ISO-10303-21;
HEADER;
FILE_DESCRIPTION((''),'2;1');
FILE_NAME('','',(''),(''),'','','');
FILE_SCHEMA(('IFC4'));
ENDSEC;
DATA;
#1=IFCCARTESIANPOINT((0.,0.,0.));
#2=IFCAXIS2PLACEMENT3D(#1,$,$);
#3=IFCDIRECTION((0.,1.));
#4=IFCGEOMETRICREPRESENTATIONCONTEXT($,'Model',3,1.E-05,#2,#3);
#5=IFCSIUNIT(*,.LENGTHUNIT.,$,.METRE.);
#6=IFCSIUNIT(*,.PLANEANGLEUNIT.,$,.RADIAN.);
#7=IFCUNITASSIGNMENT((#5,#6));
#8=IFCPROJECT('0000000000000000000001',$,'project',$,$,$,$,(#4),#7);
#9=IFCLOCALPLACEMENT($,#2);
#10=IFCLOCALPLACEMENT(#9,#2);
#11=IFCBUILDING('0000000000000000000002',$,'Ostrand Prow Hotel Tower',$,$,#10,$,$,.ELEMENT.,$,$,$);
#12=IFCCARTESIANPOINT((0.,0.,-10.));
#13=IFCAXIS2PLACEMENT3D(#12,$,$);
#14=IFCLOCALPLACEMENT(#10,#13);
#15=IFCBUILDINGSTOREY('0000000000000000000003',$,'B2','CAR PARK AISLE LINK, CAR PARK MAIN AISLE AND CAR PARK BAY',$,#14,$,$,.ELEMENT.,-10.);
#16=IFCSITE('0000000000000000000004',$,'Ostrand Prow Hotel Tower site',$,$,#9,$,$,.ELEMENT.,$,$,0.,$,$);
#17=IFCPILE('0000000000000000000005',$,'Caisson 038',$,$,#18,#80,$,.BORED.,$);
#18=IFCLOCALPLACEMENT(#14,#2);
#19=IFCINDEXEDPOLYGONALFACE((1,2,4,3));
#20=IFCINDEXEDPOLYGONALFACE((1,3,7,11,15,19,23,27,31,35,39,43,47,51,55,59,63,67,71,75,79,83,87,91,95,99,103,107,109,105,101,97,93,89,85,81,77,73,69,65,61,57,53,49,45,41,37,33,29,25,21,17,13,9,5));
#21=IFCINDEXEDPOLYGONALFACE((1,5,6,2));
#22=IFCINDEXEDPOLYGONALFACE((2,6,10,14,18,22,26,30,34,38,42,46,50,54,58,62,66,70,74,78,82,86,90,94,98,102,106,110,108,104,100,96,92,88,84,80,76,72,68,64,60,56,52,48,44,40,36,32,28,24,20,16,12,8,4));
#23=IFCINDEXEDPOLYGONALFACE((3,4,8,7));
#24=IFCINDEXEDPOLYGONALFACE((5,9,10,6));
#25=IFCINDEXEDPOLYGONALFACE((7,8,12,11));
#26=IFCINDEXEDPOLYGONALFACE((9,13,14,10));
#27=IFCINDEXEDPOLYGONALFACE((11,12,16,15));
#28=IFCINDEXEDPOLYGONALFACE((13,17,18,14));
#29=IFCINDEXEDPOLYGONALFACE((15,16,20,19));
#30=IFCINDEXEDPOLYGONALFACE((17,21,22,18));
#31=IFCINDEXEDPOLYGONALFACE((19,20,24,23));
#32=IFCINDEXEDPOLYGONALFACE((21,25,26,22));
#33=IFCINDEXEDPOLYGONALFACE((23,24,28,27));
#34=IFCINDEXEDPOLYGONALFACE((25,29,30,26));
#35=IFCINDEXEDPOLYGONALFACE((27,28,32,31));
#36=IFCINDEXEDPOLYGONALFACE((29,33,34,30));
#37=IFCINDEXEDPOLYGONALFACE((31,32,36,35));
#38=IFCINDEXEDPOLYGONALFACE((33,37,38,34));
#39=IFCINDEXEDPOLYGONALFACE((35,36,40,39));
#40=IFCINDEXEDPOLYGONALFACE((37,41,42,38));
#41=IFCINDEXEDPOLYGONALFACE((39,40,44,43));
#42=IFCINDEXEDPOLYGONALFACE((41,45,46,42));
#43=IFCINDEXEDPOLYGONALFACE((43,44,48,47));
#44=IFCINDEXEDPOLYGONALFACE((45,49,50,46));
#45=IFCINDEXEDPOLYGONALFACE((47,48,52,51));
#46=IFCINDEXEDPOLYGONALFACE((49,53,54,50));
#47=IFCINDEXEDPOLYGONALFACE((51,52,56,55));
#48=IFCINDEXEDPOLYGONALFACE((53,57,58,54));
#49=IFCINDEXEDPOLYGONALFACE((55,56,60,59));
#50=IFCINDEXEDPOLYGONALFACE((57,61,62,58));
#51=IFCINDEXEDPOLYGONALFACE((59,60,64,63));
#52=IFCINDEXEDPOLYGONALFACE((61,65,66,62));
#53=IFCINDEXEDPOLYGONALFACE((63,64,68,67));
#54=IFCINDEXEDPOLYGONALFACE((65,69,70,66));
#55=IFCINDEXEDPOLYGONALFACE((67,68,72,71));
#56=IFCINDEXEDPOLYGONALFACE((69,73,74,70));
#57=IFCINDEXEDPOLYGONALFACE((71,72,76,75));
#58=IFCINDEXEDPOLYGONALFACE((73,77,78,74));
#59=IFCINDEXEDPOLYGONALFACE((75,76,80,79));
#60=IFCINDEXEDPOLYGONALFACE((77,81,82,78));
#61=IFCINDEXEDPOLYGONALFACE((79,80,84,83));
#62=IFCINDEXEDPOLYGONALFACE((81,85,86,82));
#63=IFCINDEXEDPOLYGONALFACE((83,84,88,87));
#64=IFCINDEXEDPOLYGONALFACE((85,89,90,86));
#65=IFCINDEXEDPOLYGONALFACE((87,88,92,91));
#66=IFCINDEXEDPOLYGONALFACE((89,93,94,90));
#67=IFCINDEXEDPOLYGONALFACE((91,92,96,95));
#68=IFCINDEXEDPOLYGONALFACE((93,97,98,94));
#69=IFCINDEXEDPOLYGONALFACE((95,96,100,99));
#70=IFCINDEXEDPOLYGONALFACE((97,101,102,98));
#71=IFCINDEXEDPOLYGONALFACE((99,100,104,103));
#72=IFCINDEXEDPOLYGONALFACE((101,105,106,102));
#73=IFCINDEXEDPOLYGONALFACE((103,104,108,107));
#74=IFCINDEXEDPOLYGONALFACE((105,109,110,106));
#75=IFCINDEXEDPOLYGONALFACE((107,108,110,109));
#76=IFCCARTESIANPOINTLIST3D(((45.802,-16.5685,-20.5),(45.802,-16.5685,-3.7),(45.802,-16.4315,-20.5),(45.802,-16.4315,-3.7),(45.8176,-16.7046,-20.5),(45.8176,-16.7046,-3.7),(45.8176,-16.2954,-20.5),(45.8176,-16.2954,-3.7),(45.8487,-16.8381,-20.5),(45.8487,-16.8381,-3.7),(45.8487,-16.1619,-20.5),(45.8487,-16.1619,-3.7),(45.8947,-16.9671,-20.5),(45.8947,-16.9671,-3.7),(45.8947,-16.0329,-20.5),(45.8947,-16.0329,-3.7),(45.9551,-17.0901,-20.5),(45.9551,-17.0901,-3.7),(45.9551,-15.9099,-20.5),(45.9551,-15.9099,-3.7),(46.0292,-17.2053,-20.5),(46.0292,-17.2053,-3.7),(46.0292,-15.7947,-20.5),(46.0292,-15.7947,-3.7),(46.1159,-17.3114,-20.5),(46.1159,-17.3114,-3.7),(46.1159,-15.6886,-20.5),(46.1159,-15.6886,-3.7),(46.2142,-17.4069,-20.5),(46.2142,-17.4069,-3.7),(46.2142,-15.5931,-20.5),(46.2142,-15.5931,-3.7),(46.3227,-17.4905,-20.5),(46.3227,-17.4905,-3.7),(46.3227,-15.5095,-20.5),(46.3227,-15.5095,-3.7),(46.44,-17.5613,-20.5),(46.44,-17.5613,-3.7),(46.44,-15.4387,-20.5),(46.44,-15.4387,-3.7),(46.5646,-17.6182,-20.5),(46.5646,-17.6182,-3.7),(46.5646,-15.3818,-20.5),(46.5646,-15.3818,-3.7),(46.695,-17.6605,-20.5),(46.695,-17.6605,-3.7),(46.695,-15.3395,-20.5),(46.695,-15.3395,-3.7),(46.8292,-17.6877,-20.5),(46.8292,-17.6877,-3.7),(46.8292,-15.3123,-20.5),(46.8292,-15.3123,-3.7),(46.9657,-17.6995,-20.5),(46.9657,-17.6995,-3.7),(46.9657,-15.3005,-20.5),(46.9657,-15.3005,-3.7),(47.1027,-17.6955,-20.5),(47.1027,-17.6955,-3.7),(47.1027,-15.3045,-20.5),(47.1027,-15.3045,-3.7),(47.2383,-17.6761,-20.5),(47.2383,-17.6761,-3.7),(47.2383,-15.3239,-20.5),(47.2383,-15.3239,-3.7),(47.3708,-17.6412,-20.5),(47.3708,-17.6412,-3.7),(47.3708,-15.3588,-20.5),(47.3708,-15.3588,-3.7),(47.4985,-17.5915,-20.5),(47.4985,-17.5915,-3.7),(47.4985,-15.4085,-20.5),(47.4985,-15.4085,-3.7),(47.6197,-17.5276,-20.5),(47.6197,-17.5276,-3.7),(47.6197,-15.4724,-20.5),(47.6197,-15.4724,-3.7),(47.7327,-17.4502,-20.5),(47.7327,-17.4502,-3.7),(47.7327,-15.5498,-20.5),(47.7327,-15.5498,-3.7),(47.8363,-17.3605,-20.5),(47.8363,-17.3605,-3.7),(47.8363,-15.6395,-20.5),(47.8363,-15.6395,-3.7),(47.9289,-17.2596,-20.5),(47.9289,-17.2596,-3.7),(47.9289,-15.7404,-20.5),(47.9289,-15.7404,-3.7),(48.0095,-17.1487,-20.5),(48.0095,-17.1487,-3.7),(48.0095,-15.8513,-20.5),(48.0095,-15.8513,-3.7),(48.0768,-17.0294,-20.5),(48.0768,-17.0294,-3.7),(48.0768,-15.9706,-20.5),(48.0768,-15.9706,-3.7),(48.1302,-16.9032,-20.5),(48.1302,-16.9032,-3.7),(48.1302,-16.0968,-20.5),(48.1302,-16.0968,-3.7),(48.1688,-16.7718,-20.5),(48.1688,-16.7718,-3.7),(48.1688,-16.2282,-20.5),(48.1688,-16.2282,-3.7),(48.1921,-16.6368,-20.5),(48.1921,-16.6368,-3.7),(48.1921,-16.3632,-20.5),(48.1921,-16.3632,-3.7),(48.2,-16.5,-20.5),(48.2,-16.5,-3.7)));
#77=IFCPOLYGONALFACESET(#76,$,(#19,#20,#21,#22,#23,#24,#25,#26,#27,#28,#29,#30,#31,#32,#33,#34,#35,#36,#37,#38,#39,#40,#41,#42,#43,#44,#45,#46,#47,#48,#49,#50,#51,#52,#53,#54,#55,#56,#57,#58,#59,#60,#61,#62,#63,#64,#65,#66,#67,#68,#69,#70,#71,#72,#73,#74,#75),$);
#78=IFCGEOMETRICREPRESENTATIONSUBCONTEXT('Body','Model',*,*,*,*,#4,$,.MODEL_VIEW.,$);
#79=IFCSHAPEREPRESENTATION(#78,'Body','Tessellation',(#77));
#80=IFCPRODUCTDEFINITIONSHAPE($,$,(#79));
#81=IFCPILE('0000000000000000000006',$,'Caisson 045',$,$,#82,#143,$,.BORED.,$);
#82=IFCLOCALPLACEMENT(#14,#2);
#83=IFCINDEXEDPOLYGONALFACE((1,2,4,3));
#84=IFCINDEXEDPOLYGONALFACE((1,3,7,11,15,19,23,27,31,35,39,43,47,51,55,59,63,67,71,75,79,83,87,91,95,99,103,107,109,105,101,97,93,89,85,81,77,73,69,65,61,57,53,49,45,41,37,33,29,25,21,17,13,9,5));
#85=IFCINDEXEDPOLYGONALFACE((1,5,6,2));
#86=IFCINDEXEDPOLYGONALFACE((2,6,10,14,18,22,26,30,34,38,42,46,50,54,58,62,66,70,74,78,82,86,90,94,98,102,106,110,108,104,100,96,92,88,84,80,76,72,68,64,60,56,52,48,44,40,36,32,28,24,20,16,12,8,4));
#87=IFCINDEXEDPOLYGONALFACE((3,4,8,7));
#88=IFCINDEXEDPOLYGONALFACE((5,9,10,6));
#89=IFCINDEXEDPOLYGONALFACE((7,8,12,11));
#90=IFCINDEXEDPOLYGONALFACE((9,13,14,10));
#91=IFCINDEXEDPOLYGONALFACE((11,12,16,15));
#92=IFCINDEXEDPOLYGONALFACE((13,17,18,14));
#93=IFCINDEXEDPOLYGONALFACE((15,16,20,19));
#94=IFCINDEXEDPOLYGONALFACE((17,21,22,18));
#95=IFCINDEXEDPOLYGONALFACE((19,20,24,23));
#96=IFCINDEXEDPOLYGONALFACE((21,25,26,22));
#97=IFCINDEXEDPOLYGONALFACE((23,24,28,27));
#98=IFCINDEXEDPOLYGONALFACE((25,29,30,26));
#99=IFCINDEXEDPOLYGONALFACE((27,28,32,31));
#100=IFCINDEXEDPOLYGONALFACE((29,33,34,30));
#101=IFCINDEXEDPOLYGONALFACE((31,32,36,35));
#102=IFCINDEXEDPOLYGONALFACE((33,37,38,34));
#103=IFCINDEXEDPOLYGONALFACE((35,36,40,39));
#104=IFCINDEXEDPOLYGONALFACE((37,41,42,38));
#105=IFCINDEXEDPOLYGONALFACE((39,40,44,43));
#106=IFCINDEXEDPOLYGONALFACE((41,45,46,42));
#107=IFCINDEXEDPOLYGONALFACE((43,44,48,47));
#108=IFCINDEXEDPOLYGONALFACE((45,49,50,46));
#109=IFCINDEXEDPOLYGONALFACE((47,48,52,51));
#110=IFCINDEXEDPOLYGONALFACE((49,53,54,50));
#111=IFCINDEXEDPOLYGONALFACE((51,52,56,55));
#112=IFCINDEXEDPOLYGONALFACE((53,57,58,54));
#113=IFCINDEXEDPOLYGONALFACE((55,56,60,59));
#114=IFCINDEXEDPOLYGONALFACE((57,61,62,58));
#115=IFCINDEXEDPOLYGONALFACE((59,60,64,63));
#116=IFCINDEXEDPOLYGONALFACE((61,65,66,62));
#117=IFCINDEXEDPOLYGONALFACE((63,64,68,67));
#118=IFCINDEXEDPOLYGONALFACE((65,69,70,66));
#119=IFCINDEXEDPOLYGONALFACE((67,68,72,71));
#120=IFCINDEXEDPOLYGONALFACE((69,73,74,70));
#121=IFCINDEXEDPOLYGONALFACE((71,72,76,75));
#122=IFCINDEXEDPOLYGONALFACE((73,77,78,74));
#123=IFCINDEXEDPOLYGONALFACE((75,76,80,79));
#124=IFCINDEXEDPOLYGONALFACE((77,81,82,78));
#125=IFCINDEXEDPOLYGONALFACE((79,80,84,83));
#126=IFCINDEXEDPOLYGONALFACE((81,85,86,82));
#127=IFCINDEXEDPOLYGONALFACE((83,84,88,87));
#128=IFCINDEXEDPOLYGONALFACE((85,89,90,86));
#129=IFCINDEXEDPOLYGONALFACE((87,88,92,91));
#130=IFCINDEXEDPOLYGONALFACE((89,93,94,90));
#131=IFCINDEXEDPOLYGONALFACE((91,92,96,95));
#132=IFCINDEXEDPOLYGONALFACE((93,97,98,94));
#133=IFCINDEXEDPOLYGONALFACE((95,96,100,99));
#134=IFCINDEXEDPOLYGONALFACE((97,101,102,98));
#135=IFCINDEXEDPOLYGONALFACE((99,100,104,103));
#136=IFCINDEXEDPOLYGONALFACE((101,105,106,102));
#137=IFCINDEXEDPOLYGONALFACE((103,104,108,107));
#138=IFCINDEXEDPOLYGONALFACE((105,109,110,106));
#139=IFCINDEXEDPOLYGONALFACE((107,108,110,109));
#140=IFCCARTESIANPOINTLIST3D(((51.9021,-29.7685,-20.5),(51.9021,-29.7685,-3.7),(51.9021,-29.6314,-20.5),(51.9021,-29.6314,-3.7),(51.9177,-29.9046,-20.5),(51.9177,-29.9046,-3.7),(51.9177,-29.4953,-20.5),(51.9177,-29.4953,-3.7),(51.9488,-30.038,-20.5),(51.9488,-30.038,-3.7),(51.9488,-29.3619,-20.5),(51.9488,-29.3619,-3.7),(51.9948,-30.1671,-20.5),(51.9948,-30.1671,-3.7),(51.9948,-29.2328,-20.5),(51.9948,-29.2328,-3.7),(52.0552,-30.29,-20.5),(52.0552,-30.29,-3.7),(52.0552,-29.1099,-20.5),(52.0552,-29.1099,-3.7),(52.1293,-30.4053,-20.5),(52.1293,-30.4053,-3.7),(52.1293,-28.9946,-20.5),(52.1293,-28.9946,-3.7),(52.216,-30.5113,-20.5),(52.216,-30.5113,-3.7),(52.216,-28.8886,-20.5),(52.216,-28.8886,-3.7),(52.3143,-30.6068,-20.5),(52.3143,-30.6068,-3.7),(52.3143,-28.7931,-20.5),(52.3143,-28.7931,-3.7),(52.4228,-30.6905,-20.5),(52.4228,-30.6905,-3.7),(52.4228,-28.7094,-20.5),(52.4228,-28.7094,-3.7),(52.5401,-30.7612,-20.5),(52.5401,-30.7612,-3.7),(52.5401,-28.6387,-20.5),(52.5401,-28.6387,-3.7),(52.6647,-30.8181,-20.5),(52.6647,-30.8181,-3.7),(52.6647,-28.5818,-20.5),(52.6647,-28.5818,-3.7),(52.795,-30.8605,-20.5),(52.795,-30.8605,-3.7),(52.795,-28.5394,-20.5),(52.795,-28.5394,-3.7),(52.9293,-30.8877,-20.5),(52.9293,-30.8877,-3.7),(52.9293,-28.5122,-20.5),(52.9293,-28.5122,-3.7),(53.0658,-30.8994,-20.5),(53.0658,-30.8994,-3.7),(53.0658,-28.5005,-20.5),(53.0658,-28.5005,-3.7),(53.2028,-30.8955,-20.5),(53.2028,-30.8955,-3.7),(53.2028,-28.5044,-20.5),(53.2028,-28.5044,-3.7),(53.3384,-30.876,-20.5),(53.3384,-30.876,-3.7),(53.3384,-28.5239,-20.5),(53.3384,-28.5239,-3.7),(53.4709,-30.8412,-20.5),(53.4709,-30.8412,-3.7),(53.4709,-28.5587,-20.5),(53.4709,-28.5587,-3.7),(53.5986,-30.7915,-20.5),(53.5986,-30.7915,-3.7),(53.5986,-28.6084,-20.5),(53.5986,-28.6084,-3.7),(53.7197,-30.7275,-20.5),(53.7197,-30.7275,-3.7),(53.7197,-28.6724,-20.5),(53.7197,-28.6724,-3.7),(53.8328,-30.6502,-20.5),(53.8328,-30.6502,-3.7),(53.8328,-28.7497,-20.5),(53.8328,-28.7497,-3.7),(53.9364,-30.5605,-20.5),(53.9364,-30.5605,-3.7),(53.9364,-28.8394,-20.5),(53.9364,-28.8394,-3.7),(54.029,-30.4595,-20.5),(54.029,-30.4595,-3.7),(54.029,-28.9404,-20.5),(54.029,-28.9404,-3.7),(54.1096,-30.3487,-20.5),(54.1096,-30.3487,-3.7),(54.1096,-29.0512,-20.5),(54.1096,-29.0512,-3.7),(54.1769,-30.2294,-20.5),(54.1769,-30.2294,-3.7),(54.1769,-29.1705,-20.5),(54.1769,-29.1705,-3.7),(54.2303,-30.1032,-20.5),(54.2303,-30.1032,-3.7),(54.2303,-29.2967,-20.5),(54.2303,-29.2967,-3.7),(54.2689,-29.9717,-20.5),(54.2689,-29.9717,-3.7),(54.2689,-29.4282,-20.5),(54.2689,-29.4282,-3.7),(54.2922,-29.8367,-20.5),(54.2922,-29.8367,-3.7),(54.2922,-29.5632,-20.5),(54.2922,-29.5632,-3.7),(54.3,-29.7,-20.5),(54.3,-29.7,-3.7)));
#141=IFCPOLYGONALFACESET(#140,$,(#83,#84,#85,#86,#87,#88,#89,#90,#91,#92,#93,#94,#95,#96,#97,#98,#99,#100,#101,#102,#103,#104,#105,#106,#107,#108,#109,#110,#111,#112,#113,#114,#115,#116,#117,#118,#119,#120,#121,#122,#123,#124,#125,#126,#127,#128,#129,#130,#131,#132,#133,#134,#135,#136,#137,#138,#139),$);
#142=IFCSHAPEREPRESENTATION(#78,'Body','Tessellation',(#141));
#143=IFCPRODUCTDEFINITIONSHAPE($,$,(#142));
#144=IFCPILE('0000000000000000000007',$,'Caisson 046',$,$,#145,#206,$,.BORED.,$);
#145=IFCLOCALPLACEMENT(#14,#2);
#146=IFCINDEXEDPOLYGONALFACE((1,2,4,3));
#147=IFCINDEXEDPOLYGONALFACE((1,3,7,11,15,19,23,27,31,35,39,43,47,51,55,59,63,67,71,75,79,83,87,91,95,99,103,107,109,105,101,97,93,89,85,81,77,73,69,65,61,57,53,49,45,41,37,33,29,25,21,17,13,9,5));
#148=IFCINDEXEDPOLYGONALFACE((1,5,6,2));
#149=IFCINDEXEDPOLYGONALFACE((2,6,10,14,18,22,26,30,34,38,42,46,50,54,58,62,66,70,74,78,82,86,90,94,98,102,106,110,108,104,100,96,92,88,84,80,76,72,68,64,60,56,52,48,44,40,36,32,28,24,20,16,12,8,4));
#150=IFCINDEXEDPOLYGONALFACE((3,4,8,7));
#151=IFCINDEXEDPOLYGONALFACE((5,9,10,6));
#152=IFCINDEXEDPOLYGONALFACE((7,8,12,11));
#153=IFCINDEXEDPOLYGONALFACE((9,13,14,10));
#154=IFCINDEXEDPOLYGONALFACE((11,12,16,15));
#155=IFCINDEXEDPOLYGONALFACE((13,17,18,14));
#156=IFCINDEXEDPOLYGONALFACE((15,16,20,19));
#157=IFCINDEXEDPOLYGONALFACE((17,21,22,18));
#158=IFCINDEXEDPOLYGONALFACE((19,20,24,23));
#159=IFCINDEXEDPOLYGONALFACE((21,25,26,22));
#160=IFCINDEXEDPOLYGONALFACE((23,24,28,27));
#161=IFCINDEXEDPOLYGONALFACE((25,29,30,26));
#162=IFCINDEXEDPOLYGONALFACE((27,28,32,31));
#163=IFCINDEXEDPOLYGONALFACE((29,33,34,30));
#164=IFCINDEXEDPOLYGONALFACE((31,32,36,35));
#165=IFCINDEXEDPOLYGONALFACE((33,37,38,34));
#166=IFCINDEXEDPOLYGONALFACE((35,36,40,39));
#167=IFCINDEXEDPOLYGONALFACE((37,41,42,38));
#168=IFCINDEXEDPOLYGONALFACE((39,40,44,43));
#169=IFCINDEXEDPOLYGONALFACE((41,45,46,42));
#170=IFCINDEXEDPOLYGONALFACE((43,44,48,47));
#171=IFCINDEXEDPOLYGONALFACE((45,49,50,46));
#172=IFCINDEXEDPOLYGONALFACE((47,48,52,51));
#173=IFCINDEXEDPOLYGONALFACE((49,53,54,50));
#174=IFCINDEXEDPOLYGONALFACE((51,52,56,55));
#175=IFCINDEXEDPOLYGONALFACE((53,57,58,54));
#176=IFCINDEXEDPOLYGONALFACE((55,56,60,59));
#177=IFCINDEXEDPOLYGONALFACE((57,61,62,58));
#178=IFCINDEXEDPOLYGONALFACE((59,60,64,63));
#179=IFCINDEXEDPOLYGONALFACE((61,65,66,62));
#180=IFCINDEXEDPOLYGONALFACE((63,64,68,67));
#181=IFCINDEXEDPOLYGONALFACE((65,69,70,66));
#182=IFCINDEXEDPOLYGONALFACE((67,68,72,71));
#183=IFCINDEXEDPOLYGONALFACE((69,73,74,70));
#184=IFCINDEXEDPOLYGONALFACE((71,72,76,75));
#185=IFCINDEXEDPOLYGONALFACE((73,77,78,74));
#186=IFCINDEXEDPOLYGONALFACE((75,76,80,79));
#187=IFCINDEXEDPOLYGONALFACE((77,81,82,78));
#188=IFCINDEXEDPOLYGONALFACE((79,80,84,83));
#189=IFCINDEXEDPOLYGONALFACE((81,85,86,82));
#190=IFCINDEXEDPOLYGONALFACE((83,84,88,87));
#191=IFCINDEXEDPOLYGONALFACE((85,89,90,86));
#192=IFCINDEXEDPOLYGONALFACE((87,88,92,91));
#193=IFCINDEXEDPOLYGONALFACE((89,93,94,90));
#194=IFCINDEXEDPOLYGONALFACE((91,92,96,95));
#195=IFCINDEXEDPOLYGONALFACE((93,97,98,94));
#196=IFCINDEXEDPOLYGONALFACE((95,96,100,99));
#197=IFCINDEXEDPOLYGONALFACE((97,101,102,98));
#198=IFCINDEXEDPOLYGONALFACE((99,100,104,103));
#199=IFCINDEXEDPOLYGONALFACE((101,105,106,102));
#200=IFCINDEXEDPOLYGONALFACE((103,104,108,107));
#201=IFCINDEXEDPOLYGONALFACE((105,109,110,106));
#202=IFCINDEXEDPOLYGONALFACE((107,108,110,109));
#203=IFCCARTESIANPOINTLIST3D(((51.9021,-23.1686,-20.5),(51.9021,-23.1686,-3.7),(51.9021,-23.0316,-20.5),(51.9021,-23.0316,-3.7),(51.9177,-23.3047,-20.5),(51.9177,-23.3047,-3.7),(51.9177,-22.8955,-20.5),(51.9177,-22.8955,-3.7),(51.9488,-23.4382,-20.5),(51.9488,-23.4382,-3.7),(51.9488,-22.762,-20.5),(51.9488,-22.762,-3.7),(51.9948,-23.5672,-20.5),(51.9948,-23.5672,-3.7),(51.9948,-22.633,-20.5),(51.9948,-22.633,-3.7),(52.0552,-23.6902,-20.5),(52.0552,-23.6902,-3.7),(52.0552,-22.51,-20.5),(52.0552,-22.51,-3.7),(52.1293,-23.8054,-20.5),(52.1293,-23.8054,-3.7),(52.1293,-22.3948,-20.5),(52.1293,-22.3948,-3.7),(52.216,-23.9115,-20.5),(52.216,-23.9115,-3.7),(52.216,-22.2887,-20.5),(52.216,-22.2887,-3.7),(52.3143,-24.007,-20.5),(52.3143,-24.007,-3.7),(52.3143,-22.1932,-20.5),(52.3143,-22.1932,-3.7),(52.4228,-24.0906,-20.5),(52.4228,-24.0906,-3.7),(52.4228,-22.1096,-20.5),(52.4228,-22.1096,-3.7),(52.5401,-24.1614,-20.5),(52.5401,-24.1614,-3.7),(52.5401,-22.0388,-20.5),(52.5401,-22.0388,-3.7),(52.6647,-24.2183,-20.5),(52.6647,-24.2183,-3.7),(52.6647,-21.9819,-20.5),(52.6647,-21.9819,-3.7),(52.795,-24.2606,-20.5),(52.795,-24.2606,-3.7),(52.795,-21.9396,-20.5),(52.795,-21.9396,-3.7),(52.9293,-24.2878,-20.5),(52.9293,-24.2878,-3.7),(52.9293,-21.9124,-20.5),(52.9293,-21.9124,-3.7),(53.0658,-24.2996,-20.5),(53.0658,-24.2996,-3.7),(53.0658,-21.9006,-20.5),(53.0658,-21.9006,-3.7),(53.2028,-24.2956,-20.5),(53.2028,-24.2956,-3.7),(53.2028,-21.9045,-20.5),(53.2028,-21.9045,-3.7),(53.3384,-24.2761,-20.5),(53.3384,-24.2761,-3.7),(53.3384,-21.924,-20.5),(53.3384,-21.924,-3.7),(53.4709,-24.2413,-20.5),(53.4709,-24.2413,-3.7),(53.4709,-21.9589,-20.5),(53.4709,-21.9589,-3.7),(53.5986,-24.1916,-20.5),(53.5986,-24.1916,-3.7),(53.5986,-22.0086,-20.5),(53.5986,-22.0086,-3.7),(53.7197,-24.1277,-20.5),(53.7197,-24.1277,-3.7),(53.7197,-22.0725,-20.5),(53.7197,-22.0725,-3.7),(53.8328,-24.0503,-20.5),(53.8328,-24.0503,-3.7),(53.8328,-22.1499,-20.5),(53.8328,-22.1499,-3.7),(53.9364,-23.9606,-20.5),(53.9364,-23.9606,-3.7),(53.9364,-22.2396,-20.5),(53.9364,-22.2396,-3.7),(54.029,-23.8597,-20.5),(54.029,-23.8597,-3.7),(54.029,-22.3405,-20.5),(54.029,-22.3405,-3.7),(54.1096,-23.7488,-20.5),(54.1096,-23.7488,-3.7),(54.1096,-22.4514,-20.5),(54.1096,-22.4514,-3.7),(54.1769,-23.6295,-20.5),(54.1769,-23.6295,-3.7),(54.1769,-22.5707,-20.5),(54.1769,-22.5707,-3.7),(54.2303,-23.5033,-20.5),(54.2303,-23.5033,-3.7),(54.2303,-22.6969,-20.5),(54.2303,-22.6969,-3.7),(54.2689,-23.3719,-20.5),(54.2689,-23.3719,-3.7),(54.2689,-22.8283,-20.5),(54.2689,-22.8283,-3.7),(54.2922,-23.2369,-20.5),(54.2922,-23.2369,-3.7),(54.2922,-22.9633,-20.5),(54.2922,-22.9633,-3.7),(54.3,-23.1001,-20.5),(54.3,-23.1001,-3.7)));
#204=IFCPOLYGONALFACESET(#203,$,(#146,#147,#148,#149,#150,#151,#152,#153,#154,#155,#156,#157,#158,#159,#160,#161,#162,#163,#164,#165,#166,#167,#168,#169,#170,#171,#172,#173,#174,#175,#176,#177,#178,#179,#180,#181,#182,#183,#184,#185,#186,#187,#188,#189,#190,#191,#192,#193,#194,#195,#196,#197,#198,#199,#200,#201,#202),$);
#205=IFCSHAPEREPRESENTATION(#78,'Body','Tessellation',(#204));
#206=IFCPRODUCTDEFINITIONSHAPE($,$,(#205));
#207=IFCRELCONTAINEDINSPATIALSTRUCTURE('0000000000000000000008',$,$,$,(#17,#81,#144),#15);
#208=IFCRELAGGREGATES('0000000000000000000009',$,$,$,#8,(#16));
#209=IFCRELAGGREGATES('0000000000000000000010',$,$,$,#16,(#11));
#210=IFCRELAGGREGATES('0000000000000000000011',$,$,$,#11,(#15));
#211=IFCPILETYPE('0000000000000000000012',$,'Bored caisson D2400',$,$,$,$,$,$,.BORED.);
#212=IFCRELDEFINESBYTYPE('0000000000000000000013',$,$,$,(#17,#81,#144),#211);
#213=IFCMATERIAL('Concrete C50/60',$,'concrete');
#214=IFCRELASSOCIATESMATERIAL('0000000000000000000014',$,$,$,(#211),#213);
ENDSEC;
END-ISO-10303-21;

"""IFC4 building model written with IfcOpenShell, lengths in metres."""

from ifc_helpers import new_model, si_unit, direction, frame, origin, origin_2d, place, context, subcontext, project, spatial, circle, extrude, material, type_object, element, save


model = new_model("IFC4")

# Units and contexts
model_context = context("Model", 3, precision=1e-05, world=origin(), true_north=direction((0.0, 1.0)))
body_context = subcontext(model_context, "Body", "Model", "MODEL_VIEW")
ifc_project = project(units=[si_unit("LENGTHUNIT", "METRE"), si_unit("PLANEANGLEUNIT", "RADIAN")], contexts=[model_context])

# Site, building, storey
site_placement = place(None, origin())
site = spatial("IfcSite", under=ifc_project, at=site_placement, Name="Ostrand Prow Hotel Tower site", CompositionType="ELEMENT", RefElevation=0.0)
building_placement = place(site_placement, origin())
building = spatial("IfcBuilding", under=site, at=building_placement, Name="Ostrand Prow Hotel Tower", CompositionType="ELEMENT")
storey_placement = place(building_placement, frame((0.0, 0.0, -10.0)))
storey = spatial("IfcBuildingStorey", under=building, at=storey_placement, Name="B2", Description="CAR PARK AISLE LINK, CAR PARK MAIN AISLE AND CAR PARK BAY", CompositionType="ELEMENT", Elevation=-10.0)

# Piles
ifc_material_1 = material(Name="Concrete C50/60", Category="concrete")
pile_type_1 = type_object("IfcPileType", Name="Bored caisson D2400", PredefinedType="BORED", material=ifc_material_1)
for number, where, z_axis, x_axis, name in (
    (1, (47.0, -16.5, -3.7), (0.0, 0.0, -1.0), (1.0, 0.0, 0.0), "Caisson 038"),
    (2, (53.1001, -29.7, -3.7), (0.0, 0.0, -1.0), (1.0, 0.0, 0.0), "Caisson 045"),
    (3, (53.1001, -23.1001, -3.7), (0.0, 0.0, -1.0), (1.0, 0.0, 0.0), "Caisson 046"),
):
    element("IfcPile", number, at=place(storey_placement, frame(where, z_axis=z_axis, x_axis=x_axis)), inside=storey, type_object=pile_type_1, Name=name, PredefinedType="BORED", context=body_context, shape_type="SweptSolid", body=[
        extrude(circle(Radius=1.2, at=origin_2d()), origin(), (0.0, 0.0, 1.0), 16.8),
    ])

save(model, "model.ifc")
